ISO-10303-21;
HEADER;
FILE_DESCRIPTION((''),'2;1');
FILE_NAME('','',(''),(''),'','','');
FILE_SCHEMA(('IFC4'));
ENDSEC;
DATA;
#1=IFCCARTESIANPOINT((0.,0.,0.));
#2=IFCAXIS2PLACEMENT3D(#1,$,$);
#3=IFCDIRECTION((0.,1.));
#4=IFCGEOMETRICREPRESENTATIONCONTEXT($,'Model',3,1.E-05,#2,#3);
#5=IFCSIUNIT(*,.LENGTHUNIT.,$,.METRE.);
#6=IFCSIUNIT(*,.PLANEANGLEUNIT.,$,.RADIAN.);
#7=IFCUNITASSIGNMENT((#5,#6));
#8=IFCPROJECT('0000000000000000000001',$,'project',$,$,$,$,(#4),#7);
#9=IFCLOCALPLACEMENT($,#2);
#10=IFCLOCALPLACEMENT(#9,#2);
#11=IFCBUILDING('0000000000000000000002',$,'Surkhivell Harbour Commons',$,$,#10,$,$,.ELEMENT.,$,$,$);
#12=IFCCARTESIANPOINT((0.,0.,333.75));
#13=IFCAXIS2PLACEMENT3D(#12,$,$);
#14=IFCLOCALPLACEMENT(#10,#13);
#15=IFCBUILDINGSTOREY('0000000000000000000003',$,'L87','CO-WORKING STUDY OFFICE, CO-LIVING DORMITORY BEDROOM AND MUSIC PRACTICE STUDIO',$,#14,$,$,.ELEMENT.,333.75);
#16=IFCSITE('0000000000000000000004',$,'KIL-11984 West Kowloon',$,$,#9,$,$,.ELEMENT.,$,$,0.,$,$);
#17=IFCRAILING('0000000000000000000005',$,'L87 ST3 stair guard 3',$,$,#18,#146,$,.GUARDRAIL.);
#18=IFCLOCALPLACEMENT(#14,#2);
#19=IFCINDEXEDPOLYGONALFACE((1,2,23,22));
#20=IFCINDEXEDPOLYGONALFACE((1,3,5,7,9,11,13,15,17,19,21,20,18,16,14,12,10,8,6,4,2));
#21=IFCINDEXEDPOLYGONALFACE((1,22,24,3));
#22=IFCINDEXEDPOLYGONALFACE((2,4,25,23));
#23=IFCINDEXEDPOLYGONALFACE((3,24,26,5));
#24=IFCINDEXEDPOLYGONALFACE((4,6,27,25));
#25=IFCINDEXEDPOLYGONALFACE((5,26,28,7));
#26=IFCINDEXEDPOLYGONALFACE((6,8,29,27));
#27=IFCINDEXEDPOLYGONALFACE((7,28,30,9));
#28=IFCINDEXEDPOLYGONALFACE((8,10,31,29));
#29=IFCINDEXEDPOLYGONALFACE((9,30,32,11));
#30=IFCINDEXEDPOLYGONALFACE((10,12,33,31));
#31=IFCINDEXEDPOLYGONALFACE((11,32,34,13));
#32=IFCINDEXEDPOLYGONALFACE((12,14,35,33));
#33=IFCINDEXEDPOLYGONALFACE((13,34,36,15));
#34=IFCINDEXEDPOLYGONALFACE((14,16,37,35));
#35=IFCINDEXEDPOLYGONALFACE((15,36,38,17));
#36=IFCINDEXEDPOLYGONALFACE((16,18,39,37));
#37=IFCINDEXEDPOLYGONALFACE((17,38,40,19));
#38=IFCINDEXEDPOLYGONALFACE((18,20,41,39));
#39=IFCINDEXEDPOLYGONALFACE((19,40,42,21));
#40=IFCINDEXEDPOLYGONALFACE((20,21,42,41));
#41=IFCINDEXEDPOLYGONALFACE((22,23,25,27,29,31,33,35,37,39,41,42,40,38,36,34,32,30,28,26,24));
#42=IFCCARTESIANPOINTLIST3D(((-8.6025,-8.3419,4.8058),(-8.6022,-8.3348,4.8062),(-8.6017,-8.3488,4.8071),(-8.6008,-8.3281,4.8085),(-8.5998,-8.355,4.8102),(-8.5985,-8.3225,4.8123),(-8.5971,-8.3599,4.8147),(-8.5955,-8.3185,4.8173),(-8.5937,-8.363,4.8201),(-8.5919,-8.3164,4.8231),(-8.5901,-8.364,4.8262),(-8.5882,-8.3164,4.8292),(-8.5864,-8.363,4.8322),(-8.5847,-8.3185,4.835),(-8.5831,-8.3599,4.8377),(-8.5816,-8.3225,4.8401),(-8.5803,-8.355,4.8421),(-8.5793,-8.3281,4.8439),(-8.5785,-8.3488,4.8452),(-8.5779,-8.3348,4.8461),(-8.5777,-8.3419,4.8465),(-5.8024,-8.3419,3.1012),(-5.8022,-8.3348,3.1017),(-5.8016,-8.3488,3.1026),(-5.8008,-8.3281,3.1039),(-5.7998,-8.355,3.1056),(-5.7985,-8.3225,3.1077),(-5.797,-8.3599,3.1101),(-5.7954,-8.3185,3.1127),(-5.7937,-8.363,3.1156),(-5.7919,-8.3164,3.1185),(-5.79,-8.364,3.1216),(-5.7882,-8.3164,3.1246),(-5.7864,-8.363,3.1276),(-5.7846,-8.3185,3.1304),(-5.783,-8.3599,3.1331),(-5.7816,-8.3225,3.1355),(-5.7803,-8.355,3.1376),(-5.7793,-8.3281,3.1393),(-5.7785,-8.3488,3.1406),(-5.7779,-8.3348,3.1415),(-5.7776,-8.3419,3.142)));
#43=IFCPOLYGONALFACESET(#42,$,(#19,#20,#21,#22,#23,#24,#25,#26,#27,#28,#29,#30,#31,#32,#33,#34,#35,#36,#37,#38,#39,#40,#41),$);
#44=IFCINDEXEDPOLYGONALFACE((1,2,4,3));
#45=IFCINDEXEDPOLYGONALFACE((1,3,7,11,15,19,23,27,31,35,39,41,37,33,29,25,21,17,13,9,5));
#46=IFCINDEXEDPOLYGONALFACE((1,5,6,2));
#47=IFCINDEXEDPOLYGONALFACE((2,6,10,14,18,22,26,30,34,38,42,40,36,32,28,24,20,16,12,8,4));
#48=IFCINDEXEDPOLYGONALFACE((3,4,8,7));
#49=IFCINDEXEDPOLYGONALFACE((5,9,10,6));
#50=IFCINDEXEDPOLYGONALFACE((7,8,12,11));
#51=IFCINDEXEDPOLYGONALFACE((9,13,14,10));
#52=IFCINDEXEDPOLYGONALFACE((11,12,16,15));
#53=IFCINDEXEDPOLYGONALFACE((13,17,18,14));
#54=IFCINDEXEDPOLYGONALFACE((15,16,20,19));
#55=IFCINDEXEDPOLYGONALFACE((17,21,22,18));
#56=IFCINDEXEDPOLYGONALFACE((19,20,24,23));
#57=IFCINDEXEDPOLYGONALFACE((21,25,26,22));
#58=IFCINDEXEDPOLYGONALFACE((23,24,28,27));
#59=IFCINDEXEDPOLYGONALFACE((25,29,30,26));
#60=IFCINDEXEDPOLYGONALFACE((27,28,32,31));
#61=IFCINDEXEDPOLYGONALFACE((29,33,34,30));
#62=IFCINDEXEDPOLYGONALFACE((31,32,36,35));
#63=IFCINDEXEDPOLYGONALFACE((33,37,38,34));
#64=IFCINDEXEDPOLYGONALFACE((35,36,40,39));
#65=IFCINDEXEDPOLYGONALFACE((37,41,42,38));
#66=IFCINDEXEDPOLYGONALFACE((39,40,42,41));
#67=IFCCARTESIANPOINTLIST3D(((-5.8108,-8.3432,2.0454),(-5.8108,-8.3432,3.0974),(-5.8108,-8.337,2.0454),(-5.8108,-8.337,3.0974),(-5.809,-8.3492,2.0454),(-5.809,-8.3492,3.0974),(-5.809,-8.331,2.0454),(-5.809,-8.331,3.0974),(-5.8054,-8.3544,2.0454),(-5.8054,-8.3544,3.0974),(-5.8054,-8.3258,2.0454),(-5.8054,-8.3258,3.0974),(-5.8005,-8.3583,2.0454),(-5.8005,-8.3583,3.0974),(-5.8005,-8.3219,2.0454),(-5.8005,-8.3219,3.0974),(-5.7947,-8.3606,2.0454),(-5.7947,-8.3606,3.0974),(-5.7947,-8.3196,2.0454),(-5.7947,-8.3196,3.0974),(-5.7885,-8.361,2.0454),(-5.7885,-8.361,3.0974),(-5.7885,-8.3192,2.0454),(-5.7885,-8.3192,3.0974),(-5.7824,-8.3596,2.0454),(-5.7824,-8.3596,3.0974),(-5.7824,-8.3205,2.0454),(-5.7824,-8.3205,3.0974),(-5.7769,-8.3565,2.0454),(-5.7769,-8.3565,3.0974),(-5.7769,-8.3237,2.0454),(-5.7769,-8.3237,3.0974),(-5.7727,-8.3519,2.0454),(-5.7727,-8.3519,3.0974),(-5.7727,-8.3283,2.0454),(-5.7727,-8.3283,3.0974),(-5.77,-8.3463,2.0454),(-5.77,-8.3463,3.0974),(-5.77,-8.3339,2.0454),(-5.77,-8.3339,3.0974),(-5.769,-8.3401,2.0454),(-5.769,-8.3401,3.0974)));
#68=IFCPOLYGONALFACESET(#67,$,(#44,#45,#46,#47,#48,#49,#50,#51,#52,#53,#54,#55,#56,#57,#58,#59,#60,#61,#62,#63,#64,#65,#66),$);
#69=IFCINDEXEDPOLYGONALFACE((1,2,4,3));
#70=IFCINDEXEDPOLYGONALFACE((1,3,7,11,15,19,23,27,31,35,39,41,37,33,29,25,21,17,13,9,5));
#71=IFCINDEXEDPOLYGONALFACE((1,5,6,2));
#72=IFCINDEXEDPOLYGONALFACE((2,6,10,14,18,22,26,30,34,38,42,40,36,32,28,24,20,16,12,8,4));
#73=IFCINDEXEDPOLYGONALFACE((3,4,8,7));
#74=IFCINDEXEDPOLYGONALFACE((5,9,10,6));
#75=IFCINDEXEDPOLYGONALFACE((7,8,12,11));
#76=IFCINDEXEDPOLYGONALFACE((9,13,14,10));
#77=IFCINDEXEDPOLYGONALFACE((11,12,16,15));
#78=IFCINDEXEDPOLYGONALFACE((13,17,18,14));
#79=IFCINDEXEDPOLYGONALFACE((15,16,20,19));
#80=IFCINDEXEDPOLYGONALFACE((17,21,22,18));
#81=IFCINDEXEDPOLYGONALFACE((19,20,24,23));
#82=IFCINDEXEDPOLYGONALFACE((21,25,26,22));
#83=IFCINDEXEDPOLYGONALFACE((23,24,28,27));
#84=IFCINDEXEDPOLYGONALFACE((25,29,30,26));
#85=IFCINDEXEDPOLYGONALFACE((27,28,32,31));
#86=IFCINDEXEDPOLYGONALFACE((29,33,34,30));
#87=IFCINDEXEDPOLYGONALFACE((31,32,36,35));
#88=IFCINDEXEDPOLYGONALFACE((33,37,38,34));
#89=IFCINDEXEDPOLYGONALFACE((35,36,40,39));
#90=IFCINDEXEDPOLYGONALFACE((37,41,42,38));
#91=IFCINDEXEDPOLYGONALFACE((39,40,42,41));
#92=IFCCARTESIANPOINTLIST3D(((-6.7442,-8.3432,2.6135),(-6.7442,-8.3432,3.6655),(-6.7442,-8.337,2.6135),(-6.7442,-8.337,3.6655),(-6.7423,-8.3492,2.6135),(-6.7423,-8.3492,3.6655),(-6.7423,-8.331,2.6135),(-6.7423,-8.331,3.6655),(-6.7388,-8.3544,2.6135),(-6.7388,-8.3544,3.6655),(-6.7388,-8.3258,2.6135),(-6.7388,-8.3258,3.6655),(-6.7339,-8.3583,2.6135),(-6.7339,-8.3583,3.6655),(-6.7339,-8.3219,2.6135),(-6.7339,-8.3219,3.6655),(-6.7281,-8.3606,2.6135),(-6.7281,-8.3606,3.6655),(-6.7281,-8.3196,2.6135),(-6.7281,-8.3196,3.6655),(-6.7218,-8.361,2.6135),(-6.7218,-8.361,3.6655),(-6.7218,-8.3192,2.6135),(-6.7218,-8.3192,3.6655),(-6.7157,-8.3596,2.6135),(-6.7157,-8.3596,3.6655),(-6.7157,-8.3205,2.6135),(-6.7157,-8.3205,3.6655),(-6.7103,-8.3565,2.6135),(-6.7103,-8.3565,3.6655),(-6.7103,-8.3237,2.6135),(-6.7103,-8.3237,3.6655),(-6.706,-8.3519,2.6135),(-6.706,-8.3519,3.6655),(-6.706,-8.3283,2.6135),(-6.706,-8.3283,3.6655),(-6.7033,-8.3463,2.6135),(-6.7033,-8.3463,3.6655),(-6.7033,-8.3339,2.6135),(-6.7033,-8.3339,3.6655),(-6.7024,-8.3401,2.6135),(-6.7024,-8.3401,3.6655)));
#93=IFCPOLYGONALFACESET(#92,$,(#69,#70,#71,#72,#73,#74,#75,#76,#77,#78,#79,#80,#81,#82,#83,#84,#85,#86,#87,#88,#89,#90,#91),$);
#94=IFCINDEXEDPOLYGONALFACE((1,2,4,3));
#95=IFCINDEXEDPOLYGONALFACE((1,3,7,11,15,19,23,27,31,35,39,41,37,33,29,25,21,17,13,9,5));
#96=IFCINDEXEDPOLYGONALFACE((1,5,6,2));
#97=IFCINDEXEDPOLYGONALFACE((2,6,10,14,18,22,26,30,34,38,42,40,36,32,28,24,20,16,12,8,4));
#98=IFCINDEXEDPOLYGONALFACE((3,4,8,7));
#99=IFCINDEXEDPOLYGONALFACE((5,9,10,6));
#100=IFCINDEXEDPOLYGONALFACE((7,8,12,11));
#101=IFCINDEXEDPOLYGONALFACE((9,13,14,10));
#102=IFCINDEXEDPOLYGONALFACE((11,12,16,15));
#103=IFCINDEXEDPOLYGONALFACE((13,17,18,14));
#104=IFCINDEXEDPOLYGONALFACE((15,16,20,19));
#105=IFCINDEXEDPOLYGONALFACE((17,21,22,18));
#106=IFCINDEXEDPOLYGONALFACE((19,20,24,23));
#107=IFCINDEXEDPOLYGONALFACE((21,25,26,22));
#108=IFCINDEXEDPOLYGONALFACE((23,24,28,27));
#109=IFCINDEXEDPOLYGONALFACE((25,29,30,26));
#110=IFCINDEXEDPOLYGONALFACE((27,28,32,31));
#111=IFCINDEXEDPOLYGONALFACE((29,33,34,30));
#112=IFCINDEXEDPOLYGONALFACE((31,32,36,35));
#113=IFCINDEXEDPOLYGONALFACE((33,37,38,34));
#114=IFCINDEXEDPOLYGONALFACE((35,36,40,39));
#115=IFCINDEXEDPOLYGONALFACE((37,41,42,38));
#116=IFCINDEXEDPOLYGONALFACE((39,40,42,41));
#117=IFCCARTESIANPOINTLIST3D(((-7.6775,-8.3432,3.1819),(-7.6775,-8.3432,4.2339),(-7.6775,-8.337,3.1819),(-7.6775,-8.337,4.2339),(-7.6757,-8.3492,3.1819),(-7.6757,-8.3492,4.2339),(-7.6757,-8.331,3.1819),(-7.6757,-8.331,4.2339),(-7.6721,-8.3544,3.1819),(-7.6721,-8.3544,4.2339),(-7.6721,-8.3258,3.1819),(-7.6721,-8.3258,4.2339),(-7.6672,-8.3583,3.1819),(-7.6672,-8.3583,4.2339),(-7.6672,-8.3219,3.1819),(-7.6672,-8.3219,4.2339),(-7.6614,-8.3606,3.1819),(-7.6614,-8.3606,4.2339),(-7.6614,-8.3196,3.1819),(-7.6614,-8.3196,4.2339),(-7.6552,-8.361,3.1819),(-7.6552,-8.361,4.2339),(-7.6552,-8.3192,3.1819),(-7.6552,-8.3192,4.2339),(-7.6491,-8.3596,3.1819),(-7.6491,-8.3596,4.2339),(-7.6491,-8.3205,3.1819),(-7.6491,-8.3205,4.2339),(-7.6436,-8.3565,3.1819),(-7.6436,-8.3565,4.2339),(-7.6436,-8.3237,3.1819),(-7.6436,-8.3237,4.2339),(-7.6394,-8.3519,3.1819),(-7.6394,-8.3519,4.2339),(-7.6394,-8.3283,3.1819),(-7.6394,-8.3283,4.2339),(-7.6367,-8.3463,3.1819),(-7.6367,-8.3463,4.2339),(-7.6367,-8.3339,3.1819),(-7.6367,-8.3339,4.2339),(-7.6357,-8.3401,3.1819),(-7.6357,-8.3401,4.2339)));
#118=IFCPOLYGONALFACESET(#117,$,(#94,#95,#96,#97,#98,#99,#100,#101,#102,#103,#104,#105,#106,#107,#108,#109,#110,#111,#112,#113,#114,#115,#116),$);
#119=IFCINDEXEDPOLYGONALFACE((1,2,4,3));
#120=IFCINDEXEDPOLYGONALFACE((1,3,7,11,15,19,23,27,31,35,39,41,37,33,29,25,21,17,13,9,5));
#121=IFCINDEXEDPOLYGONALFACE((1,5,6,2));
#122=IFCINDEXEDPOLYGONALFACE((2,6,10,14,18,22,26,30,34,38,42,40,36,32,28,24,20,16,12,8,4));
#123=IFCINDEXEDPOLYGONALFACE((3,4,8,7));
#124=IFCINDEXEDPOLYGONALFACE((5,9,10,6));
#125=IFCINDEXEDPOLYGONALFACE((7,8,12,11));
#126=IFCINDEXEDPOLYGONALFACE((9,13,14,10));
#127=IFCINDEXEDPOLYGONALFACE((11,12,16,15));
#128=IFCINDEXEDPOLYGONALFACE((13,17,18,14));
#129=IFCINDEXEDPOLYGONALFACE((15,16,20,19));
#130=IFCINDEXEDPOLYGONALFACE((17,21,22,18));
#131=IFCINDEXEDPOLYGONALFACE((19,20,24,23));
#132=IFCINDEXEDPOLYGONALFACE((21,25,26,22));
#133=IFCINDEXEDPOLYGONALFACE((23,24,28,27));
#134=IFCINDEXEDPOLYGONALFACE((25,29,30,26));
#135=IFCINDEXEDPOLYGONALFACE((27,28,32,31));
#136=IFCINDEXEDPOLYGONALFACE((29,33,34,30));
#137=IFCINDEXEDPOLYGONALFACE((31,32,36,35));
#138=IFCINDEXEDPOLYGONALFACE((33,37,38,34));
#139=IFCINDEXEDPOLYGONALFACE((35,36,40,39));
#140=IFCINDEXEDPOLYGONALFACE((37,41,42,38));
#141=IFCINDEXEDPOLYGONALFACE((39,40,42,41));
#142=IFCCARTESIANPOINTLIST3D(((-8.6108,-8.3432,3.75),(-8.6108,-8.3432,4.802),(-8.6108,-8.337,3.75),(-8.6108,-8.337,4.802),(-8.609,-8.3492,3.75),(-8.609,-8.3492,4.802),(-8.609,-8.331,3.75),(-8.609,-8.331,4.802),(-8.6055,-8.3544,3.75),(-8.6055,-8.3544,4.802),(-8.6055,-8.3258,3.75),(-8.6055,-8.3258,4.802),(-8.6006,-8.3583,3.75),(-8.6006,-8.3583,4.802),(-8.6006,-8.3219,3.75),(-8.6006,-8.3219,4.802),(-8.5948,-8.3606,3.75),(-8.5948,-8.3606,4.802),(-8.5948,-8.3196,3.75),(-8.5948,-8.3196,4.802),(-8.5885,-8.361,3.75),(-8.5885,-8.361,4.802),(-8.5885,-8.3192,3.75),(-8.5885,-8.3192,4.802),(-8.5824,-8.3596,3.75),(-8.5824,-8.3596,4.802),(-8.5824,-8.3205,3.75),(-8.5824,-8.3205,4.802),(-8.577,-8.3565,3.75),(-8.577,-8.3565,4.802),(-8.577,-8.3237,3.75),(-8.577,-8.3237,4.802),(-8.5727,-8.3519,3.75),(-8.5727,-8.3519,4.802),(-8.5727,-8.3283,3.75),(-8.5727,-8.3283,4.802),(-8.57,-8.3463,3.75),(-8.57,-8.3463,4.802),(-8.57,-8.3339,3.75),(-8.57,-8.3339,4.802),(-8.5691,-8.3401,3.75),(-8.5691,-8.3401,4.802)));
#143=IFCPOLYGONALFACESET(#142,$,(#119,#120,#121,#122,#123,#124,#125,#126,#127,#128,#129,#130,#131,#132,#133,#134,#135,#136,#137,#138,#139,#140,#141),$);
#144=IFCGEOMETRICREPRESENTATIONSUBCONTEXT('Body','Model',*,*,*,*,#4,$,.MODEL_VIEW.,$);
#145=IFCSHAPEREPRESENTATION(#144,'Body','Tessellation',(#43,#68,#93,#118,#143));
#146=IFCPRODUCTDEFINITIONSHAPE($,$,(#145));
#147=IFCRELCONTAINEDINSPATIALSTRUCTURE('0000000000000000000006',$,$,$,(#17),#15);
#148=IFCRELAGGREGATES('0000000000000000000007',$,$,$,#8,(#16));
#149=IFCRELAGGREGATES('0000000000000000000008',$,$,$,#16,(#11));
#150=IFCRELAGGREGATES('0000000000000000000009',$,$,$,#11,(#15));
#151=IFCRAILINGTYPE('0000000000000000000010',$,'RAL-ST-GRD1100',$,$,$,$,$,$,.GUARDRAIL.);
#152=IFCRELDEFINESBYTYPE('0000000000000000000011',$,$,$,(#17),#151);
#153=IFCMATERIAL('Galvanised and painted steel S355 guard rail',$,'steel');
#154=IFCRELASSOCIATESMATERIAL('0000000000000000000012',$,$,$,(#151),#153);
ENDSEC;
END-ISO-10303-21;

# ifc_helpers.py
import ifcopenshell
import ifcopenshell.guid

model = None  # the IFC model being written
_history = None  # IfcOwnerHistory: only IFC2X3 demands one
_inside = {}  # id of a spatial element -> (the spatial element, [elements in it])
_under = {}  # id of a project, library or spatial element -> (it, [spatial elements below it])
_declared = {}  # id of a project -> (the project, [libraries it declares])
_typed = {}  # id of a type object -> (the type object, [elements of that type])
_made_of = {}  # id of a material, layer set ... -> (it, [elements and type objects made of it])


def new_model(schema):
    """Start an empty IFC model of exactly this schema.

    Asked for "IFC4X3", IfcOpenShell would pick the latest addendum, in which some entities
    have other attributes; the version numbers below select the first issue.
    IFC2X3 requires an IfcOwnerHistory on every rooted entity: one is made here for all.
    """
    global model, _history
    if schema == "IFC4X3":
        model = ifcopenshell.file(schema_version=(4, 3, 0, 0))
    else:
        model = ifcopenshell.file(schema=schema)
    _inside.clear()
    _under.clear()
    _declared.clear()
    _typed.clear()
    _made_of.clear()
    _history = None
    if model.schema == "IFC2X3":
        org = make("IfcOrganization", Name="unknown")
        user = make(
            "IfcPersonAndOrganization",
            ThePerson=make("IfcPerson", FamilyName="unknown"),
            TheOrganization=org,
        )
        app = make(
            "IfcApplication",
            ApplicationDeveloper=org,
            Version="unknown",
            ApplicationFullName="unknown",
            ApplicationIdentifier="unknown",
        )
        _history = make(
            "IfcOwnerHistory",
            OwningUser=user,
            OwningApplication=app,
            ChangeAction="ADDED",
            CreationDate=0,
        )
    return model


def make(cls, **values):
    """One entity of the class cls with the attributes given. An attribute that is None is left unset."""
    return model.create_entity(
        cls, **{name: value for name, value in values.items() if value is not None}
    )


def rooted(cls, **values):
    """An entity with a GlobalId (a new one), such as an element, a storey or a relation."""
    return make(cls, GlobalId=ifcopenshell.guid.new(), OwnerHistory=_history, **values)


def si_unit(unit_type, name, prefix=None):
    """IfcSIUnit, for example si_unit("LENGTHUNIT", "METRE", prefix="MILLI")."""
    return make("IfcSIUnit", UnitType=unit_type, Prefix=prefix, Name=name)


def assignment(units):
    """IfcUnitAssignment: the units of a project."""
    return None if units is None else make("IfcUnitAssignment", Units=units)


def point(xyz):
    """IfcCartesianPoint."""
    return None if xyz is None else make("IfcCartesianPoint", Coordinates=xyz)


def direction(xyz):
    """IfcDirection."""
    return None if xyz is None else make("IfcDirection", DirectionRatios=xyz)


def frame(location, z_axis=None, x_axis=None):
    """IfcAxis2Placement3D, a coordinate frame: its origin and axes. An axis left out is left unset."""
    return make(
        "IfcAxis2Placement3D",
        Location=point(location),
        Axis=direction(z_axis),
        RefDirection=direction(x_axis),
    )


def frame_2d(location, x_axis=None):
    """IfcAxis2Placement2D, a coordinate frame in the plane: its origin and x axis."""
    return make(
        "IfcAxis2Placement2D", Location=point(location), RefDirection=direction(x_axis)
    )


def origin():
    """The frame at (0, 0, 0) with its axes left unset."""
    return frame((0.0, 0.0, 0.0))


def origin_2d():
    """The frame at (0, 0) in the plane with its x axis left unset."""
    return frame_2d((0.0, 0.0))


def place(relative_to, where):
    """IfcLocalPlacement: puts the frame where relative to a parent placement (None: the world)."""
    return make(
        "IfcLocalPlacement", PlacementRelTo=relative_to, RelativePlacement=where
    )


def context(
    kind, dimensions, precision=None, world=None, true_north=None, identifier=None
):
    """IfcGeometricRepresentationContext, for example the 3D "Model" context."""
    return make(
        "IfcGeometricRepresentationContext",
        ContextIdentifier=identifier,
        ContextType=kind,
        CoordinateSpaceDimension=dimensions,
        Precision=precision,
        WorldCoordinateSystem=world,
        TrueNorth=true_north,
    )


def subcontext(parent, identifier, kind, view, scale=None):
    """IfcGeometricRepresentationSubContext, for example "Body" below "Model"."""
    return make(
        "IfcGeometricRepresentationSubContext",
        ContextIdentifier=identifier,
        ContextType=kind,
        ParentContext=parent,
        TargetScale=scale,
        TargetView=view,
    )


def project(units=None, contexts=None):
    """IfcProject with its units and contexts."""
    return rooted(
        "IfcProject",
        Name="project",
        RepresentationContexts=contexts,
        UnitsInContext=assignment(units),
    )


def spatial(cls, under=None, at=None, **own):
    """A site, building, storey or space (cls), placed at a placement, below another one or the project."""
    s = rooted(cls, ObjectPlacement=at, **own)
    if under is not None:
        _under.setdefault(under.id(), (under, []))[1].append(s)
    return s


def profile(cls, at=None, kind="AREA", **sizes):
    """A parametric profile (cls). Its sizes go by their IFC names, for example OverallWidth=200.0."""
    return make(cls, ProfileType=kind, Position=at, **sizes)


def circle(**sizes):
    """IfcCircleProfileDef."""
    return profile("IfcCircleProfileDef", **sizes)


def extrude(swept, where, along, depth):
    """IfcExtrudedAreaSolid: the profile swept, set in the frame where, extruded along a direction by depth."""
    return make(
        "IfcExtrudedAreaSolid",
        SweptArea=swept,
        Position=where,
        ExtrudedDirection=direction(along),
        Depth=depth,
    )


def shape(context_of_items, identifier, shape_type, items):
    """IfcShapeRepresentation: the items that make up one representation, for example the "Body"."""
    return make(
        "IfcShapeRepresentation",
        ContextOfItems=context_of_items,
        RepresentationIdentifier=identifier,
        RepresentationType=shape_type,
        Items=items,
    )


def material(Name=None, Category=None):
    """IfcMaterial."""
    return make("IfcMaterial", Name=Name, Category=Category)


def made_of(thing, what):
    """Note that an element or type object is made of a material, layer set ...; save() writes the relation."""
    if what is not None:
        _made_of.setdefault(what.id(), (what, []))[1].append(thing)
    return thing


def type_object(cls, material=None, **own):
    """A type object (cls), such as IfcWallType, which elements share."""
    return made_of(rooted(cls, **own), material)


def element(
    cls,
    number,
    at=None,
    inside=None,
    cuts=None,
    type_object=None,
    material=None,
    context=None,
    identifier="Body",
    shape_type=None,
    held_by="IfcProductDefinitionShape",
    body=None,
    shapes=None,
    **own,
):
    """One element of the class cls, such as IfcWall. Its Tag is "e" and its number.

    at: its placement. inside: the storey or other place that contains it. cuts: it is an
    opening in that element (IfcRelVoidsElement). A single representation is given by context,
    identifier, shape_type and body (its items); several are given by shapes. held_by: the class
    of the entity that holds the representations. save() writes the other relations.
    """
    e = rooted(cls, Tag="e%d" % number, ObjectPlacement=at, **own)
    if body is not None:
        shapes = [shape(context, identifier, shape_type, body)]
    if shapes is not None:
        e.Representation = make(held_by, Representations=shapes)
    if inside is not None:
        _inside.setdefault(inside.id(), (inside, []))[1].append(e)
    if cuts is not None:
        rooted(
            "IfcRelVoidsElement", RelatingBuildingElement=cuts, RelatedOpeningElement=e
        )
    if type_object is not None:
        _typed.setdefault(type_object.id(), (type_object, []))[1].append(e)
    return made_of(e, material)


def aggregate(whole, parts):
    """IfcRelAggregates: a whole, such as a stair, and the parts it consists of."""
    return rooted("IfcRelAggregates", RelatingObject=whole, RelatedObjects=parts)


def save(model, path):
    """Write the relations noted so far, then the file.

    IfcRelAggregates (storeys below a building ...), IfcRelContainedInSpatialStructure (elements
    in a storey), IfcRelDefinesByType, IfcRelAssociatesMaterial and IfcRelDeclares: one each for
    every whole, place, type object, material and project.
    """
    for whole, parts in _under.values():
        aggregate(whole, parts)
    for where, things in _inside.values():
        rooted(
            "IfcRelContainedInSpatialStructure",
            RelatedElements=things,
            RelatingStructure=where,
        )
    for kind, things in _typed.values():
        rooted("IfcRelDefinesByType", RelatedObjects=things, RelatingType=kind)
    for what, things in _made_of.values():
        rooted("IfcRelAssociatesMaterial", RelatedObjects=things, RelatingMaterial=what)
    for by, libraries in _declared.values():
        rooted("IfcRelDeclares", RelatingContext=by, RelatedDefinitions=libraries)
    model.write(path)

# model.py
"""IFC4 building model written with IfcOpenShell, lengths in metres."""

from ifc_helpers import new_model, si_unit, direction, frame, origin, origin_2d, place, context, subcontext, project, spatial, circle, extrude, material, type_object, element, save


model = new_model("IFC4")

# Units and contexts
model_context = context("Model", 3, precision=1e-05, world=origin(), true_north=direction((0.0, 1.0)))
body_context = subcontext(model_context, "Body", "Model", "MODEL_VIEW")
ifc_project = project(units=[si_unit("LENGTHUNIT", "METRE"), si_unit("PLANEANGLEUNIT", "RADIAN")], contexts=[model_context])

# Site, building, storey
site_placement = place(None, origin())
site = spatial("IfcSite", under=ifc_project, at=site_placement, Name="KIL-11984 West Kowloon", CompositionType="ELEMENT", RefElevation=0.0)
building_placement = place(site_placement, origin())
building = spatial("IfcBuilding", under=site, at=building_placement, Name="Surkhivell Harbour Commons", CompositionType="ELEMENT")
storey_placement = place(building_placement, frame((0.0, 0.0, 333.75)))
storey = spatial("IfcBuildingStorey", under=building, at=storey_placement, Name="L87", Description="CO-WORKING STUDY OFFICE, CO-LIVING DORMITORY BEDROOM AND MUSIC PRACTICE STUDIO", CompositionType="ELEMENT", Elevation=333.75)

# Railing
ifc_material_1 = material(Name="Galvanised and painted steel S355 guard rail", Category="steel")
railing_type_1 = type_object("IfcRailingType", Name="RAL-ST-GRD1100", PredefinedType="GUARDRAIL", material=ifc_material_1)
railing_1_placement = place(storey_placement, frame((-5.79, -8.3401, 2.0454)))
element("IfcRailing", 1, at=railing_1_placement, inside=storey, type_object=railing_type_1, Name="L87 ST3 stair guard 3", PredefinedType="GUARDRAIL", context=body_context, shape_type="SweptSolid", body=[
    extrude(circle(Radius=0.0239, at=origin_2d()), frame((0.0, 0.0, 1.0762), z_axis=(-0.85417, 0.0, 0.519994), x_axis=(0.0, -1.0, 0.0)), (0.0, 0.0, 1.0), 3.2781),
    extrude(circle(Radius=0.021, at=origin_2d()), origin(), (0.0, 0.0, 1.0), 1.052),
    extrude(circle(Radius=0.021, at=origin_2d()), frame((-0.9333, 0.0, 0.5681)), (0.0, 0.0, 1.0), 1.052),
    extrude(circle(Radius=0.021, at=origin_2d()), frame((-1.8667, 0.0, 1.1365)), (0.0, 0.0, 1.0), 1.052),
    extrude(circle(Radius=0.021, at=origin_2d()), frame((-2.8, 0.0, 1.7046)), (0.0, 0.0, 1.0), 1.052),
])

save(model, "model.ifc")
